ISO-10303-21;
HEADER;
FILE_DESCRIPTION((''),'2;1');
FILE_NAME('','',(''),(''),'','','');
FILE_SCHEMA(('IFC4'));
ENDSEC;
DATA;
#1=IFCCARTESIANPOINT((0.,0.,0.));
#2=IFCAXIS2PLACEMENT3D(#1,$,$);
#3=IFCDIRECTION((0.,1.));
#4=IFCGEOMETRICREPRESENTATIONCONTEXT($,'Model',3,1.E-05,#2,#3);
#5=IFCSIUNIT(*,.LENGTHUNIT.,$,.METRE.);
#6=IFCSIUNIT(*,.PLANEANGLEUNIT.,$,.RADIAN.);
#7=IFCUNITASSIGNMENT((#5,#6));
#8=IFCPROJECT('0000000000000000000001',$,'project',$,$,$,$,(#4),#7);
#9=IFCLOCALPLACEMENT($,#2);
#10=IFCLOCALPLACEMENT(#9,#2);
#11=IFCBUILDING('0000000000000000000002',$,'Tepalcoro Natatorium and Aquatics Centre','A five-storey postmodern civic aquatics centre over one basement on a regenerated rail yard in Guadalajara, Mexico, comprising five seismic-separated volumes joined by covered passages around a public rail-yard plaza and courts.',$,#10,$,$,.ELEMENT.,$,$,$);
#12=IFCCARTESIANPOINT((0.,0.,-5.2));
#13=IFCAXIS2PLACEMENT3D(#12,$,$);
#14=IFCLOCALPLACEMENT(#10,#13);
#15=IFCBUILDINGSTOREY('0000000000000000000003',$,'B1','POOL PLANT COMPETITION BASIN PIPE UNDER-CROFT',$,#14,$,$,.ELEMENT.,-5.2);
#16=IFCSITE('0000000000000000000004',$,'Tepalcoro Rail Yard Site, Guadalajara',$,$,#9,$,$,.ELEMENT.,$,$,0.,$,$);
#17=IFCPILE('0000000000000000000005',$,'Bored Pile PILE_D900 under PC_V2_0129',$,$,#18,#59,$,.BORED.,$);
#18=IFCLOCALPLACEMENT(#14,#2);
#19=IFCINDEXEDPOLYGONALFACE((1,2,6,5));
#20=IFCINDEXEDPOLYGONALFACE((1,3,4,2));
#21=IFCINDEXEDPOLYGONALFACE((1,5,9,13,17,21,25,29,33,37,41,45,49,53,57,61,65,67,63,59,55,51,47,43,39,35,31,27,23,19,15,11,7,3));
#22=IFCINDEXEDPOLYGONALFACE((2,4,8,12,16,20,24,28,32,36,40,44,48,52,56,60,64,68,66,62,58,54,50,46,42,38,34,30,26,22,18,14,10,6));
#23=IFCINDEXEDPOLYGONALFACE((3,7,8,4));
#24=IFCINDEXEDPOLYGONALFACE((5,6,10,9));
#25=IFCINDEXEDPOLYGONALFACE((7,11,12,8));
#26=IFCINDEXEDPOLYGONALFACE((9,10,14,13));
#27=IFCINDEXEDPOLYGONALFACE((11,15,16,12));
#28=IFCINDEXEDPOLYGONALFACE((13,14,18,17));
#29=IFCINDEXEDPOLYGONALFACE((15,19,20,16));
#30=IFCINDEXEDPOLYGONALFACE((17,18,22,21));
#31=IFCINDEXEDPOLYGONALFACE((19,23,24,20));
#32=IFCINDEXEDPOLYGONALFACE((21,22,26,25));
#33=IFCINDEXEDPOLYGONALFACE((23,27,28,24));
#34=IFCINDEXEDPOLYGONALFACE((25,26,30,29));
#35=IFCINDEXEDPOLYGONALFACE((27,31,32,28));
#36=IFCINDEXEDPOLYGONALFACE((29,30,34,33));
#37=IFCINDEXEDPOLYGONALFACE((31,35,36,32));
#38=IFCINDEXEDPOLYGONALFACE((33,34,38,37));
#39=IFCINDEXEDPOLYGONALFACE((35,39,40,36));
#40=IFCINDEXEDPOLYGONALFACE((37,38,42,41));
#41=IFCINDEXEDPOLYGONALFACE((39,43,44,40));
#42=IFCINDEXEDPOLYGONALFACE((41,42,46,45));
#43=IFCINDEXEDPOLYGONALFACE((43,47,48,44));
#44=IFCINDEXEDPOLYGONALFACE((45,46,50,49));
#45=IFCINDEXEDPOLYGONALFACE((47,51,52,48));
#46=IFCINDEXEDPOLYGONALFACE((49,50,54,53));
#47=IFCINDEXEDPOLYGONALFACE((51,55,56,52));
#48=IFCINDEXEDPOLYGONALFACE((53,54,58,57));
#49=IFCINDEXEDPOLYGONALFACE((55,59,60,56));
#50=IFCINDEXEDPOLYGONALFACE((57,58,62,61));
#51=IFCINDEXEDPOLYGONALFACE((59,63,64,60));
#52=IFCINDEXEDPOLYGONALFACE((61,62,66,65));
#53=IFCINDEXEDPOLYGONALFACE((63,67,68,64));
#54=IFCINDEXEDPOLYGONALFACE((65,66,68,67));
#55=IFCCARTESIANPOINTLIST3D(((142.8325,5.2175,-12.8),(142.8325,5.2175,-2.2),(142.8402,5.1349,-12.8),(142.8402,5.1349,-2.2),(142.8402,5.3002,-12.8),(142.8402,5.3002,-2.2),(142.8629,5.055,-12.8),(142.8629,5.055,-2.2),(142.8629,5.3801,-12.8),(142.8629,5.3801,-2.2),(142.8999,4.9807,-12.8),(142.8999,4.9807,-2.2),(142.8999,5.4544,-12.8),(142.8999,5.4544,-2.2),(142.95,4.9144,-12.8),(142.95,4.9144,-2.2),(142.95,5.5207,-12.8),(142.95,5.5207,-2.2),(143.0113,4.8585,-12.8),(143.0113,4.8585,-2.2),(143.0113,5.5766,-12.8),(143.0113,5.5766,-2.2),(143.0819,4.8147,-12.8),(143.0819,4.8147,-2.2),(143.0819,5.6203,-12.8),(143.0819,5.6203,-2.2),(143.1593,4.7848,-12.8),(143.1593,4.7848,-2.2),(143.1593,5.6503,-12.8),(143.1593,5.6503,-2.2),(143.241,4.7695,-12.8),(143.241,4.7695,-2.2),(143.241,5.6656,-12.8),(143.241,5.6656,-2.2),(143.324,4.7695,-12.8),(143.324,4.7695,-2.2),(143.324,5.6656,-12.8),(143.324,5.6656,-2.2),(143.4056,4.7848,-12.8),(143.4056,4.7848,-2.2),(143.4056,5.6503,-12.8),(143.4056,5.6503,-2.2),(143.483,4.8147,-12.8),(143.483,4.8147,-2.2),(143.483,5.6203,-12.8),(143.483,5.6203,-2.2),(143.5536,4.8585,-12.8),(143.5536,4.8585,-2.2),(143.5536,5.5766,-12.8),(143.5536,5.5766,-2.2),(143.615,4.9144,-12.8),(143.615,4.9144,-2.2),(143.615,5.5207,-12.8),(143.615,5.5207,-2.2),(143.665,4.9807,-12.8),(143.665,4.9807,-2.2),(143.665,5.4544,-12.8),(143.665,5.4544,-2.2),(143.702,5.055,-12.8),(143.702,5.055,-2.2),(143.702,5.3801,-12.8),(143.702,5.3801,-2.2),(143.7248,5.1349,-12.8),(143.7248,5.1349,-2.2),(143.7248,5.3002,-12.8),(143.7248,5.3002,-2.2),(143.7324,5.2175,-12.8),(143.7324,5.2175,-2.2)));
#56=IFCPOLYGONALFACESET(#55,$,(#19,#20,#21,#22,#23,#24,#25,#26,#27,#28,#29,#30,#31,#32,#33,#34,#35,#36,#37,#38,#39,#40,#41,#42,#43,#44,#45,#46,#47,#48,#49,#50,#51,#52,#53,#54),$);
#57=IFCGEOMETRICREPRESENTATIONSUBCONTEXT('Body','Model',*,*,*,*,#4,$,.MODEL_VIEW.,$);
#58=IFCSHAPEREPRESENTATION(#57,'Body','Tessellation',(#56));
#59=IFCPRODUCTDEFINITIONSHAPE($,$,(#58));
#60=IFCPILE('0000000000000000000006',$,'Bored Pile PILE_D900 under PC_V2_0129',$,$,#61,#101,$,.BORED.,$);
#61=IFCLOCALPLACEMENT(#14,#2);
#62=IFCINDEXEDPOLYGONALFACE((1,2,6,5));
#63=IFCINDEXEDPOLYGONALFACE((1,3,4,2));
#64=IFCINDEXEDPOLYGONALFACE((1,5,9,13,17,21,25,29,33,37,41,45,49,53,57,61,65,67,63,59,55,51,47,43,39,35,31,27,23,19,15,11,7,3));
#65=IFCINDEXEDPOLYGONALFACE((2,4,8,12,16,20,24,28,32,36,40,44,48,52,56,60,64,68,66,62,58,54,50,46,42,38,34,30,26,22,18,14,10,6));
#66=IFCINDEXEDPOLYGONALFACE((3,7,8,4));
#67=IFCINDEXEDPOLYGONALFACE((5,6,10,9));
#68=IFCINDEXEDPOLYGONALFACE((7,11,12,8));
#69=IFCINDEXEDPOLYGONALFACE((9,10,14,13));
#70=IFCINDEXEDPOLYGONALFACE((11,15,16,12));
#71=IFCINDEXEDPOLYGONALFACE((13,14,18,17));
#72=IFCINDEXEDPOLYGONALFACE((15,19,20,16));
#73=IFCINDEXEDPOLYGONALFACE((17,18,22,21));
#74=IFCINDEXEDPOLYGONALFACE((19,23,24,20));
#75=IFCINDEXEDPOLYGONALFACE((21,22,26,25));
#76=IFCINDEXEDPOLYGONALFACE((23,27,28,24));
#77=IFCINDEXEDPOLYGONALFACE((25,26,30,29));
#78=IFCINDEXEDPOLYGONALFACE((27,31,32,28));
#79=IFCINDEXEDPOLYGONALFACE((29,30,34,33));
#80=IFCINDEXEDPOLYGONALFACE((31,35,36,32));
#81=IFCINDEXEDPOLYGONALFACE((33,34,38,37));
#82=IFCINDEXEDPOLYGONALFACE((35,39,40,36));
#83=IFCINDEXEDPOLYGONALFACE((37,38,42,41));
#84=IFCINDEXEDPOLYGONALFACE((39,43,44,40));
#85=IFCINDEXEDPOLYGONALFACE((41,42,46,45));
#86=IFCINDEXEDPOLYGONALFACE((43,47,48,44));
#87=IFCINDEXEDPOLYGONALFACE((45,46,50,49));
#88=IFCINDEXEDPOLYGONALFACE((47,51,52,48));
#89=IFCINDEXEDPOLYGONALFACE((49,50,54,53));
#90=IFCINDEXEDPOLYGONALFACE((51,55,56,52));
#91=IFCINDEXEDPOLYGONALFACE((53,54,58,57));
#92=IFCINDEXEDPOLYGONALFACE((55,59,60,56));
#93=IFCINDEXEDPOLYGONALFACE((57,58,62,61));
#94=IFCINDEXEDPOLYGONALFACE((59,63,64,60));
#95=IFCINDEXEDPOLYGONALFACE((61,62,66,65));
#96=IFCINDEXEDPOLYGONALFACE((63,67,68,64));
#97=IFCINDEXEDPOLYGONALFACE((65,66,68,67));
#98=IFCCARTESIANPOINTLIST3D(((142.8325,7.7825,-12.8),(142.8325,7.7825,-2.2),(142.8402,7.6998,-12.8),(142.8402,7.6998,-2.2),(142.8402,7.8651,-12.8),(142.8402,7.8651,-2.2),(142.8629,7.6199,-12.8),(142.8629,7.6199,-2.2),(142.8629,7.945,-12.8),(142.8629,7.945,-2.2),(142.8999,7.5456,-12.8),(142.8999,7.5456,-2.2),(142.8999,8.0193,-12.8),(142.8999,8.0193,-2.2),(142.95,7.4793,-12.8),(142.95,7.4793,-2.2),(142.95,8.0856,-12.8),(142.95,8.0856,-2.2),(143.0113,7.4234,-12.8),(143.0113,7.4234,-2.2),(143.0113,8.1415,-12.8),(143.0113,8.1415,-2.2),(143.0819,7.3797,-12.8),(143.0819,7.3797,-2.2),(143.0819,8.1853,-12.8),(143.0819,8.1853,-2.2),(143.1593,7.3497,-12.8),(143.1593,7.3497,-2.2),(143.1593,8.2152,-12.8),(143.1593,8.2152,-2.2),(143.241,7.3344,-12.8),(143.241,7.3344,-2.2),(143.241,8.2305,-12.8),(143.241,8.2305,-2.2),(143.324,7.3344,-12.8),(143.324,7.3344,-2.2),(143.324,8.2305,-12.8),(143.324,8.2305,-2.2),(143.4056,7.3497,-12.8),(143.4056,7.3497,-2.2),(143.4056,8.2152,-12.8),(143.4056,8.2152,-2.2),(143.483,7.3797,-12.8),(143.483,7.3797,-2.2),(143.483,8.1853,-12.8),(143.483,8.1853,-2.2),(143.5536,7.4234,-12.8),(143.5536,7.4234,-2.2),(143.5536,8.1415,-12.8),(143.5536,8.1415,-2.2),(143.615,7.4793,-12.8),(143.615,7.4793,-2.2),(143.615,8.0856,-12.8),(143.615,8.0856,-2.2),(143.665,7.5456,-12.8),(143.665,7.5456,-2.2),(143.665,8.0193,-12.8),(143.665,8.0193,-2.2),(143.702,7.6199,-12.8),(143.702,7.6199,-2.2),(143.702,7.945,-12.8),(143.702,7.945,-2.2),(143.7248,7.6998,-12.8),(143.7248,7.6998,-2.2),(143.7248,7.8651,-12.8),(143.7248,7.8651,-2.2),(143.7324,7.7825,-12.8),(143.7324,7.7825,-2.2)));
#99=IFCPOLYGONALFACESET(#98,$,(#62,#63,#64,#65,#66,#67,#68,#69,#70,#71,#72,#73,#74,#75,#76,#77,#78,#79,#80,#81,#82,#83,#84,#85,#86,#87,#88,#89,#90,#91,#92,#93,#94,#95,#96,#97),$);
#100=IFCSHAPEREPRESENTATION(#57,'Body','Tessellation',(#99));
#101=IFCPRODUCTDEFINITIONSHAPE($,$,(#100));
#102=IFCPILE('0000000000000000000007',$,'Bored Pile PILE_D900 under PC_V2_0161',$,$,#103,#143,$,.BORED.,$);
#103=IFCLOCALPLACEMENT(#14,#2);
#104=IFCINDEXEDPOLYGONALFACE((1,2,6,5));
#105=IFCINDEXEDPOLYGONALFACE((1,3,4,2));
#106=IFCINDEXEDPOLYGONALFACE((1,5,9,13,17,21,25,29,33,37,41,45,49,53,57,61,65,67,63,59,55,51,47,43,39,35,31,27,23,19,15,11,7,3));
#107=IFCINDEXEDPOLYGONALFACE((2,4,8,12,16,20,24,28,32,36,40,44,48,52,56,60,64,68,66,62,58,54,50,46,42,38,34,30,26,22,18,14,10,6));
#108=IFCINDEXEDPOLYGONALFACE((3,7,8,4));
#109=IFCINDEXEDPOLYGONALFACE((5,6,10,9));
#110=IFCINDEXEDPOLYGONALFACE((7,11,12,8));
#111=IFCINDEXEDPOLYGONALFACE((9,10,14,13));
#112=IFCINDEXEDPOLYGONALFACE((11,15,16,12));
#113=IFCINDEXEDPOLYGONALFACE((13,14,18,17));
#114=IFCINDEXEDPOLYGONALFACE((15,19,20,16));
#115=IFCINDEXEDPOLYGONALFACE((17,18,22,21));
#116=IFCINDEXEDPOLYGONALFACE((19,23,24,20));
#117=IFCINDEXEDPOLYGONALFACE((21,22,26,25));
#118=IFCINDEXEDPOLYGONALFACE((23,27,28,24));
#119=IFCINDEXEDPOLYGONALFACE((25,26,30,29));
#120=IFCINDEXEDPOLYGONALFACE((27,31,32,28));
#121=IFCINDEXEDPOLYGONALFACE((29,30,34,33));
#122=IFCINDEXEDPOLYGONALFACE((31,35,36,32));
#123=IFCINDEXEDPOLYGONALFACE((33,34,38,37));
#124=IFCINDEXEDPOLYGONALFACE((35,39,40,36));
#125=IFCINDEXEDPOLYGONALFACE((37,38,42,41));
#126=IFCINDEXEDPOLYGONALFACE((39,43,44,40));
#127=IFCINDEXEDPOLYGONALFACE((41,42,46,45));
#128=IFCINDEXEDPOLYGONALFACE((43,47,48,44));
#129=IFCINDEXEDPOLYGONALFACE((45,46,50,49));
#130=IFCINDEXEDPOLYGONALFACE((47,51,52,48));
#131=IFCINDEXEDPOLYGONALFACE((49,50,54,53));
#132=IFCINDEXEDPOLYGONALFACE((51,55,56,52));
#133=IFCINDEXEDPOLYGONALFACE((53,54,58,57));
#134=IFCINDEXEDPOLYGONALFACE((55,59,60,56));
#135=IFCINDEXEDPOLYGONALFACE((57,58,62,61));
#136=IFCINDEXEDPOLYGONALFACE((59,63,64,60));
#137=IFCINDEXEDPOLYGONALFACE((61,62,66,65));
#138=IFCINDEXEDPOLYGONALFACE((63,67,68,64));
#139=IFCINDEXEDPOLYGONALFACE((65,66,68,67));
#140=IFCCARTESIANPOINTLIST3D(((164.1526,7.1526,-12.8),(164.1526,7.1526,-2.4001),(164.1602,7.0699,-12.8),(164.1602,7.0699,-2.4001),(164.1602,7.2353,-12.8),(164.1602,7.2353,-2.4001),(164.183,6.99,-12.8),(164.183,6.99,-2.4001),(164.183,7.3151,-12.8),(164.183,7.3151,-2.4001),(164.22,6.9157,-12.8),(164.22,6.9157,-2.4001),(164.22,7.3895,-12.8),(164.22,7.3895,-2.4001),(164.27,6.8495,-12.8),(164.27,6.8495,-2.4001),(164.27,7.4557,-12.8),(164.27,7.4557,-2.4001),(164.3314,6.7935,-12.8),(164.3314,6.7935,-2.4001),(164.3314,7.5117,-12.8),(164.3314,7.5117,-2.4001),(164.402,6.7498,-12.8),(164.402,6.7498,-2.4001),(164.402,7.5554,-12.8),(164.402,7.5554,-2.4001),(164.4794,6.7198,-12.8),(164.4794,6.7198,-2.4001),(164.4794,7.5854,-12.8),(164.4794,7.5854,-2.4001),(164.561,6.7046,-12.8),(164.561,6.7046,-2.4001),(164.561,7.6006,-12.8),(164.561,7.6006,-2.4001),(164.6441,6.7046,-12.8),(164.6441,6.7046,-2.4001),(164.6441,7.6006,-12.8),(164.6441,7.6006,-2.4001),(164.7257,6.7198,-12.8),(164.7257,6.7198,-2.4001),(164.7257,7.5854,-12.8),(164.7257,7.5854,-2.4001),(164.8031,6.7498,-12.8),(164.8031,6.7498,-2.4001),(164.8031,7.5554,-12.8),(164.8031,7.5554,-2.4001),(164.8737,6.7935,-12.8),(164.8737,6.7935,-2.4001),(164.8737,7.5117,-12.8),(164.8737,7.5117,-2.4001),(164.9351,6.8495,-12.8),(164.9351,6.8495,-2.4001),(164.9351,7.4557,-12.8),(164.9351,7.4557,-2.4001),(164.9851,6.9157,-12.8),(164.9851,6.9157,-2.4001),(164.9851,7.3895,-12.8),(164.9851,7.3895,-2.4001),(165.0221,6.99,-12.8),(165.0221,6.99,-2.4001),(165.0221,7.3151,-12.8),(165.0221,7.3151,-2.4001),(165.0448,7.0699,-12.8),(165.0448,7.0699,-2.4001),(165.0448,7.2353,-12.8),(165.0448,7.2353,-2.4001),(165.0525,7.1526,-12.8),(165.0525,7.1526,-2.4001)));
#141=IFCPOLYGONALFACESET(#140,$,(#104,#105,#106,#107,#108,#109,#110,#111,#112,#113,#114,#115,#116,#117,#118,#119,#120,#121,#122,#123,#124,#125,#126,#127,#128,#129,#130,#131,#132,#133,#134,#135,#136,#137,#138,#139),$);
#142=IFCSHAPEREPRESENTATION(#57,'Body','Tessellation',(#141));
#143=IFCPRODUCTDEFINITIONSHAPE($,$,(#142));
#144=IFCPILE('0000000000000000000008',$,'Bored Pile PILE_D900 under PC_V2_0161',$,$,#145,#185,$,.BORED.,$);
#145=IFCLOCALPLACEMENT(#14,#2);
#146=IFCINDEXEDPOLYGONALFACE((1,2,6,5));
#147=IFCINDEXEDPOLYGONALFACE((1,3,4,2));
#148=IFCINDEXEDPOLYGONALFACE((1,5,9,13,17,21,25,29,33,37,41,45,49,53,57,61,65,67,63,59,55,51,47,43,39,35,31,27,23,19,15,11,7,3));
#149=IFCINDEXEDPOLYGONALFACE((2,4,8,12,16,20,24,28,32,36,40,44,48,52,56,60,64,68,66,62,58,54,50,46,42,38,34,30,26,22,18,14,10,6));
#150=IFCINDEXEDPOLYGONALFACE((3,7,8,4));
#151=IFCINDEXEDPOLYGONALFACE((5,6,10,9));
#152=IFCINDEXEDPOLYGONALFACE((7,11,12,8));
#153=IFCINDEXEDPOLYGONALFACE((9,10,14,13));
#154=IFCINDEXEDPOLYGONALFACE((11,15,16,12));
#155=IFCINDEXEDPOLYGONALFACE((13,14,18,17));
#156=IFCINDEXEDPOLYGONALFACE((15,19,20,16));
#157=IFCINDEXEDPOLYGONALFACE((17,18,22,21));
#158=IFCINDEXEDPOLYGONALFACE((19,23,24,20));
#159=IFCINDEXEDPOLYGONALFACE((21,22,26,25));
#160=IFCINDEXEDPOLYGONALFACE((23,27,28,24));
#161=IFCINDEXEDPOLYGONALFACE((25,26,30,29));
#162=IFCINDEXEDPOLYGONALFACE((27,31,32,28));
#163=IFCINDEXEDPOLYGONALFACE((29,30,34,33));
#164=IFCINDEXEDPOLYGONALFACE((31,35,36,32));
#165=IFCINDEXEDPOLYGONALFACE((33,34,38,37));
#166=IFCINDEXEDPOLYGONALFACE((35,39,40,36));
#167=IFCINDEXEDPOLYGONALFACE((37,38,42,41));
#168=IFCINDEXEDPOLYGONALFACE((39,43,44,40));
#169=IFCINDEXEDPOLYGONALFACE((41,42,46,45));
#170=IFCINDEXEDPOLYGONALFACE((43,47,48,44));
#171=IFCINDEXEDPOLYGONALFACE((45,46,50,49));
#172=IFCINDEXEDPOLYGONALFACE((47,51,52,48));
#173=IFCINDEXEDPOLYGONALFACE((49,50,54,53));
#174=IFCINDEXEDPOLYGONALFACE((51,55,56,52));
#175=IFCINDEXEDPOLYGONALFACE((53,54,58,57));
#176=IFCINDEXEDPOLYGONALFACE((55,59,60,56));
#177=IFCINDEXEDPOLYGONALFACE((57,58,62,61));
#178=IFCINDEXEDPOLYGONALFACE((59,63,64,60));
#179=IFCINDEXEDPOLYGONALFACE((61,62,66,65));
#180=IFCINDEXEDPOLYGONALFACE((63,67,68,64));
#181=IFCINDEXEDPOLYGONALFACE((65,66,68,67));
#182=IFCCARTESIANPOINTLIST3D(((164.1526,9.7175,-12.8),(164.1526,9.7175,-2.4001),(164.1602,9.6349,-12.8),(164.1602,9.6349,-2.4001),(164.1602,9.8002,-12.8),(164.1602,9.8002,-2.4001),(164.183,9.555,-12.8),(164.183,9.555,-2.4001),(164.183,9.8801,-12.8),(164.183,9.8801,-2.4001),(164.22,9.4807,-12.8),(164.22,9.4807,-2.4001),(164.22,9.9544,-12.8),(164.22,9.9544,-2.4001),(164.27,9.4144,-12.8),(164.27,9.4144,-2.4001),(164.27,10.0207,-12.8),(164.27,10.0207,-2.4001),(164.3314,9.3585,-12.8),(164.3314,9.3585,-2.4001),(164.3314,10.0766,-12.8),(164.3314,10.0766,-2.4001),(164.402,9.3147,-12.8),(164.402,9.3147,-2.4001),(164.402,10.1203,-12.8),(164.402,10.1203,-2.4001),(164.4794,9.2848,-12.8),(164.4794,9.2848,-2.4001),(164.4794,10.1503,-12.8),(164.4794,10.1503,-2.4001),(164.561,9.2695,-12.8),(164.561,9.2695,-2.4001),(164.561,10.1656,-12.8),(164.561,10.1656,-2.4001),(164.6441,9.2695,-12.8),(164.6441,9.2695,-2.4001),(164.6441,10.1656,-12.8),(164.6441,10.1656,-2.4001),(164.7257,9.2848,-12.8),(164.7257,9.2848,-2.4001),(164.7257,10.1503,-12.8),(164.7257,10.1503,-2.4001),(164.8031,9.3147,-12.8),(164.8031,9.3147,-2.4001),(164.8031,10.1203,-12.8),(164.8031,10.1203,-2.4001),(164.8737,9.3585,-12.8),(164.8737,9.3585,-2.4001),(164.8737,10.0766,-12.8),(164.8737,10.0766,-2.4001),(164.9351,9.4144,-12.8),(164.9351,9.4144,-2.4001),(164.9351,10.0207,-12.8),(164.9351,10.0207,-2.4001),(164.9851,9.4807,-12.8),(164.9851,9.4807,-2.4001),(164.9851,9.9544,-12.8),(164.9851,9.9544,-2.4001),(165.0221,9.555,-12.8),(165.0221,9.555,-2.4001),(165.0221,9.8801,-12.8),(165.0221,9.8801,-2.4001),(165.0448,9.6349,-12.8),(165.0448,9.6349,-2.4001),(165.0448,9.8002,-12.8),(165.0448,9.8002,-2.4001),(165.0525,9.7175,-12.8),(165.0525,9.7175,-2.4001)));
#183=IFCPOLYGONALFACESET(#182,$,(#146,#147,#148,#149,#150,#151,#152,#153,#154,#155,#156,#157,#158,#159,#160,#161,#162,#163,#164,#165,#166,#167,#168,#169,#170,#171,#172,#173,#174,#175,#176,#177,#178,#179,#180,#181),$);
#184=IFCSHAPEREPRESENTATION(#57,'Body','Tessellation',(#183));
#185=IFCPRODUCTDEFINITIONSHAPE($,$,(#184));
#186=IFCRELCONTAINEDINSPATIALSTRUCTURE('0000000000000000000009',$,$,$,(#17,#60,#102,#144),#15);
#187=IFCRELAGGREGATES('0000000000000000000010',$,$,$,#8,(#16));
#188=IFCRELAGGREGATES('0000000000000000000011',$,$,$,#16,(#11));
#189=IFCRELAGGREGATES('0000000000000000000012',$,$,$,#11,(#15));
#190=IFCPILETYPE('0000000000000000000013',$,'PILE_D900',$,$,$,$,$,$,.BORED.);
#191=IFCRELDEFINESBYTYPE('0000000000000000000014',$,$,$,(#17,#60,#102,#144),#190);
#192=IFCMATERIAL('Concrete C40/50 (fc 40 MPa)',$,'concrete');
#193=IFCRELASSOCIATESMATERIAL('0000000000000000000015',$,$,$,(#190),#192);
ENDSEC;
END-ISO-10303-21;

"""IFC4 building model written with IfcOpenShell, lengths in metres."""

from ifc_helpers import new_model, si_unit, direction, frame, origin, origin_2d, place, context, subcontext, project, spatial, circle, extrude, material, material_profile, profile_set, type_object, element, save


model = new_model("IFC4")

# Units and contexts
model_context = context("Model", 3, precision=1e-05, world=origin(), true_north=direction((0.0, 1.0)))
body_context = subcontext(model_context, "Body", "Model", "MODEL_VIEW")
ifc_project = project(units=[si_unit("LENGTHUNIT", "METRE"), si_unit("PLANEANGLEUNIT", "RADIAN")], contexts=[model_context])

# Site, building, storey
site_placement = place(None, origin())
site = spatial("IfcSite", under=ifc_project, at=site_placement, Name="Tepalcoro Rail Yard Site, Guadalajara", CompositionType="ELEMENT", RefElevation=0.0)
building_placement = place(site_placement, origin())
building = spatial("IfcBuilding", under=site, at=building_placement, Name="Tepalcoro Natatorium and Aquatics Centre", Description="A five-storey postmodern civic aquatics centre over one basement on a regenerated rail yard in Guadalajara, Mexico, comprising five seismic-separated volumes joined by covered passages around a public rail-yard plaza and courts.", CompositionType="ELEMENT")
storey_placement = place(building_placement, frame((0.0, 0.0, -5.2)))
storey = spatial("IfcBuildingStorey", under=building, at=storey_placement, Name="B1", Description="POOL PLANT COMPETITION BASIN PIPE UNDER-CROFT", CompositionType="ELEMENT", Elevation=-5.2)

# Piles
ifc_material_1 = material(Name="Concrete C40/50 (fc 40 MPa)", Category="concrete")
ifc_material_profile_1 = material_profile(ifc_material_1, circle(Radius=0.45, at=origin_2d()), Name="PILE_D900")
ifc_profile_set_1 = profile_set([ifc_material_profile_1], Name="Concrete C40/50 (fc 40 MPa)")
pile_type_1 = type_object("IfcPileType", Name="PILE_D900", PredefinedType="BORED", material=ifc_profile_set_1)
for number, where, z_axis, x_axis, name in (
    (1, (143.2825, 5.2175, -2.2), (0.0, 0.0, -1.0), (1.0, 0.0, 0.0), "Bored Pile PILE_D900 under PC_V2_0129"),
    (2, (143.2825, 7.7825, -2.2), (0.0, 0.0, -1.0), (1.0, 0.0, 0.0), "Bored Pile PILE_D900 under PC_V2_0129"),
):
    element("IfcPile", number, at=place(storey_placement, frame(where, z_axis=z_axis, x_axis=x_axis)), inside=storey, type_object=pile_type_1, Name=name, PredefinedType="BORED", context=body_context, shape_type="SweptSolid", body=[
        extrude(circle(Radius=0.45, at=origin_2d()), origin(), (0.0, 0.0, 1.0), 10.6001),
    ])
for number, where, z_axis, x_axis, name in (
    (3, (164.6025, 7.1526, -2.4001), (0.0, 0.0, -1.0), (1.0, 0.0, 0.0), "Bored Pile PILE_D900 under PC_V2_0161"),
    (4, (164.6025, 9.7175, -2.4001), (0.0, 0.0, -1.0), (1.0, 0.0, 0.0), "Bored Pile PILE_D900 under PC_V2_0161"),
):
    element("IfcPile", number, at=place(storey_placement, frame(where, z_axis=z_axis, x_axis=x_axis)), inside=storey, type_object=pile_type_1, Name=name, PredefinedType="BORED", context=body_context, shape_type="SweptSolid", body=[
        extrude(circle(Radius=0.45, at=origin_2d()), origin(), (0.0, 0.0, 1.0), 10.3999),
    ])

save(model, "model.ifc")
